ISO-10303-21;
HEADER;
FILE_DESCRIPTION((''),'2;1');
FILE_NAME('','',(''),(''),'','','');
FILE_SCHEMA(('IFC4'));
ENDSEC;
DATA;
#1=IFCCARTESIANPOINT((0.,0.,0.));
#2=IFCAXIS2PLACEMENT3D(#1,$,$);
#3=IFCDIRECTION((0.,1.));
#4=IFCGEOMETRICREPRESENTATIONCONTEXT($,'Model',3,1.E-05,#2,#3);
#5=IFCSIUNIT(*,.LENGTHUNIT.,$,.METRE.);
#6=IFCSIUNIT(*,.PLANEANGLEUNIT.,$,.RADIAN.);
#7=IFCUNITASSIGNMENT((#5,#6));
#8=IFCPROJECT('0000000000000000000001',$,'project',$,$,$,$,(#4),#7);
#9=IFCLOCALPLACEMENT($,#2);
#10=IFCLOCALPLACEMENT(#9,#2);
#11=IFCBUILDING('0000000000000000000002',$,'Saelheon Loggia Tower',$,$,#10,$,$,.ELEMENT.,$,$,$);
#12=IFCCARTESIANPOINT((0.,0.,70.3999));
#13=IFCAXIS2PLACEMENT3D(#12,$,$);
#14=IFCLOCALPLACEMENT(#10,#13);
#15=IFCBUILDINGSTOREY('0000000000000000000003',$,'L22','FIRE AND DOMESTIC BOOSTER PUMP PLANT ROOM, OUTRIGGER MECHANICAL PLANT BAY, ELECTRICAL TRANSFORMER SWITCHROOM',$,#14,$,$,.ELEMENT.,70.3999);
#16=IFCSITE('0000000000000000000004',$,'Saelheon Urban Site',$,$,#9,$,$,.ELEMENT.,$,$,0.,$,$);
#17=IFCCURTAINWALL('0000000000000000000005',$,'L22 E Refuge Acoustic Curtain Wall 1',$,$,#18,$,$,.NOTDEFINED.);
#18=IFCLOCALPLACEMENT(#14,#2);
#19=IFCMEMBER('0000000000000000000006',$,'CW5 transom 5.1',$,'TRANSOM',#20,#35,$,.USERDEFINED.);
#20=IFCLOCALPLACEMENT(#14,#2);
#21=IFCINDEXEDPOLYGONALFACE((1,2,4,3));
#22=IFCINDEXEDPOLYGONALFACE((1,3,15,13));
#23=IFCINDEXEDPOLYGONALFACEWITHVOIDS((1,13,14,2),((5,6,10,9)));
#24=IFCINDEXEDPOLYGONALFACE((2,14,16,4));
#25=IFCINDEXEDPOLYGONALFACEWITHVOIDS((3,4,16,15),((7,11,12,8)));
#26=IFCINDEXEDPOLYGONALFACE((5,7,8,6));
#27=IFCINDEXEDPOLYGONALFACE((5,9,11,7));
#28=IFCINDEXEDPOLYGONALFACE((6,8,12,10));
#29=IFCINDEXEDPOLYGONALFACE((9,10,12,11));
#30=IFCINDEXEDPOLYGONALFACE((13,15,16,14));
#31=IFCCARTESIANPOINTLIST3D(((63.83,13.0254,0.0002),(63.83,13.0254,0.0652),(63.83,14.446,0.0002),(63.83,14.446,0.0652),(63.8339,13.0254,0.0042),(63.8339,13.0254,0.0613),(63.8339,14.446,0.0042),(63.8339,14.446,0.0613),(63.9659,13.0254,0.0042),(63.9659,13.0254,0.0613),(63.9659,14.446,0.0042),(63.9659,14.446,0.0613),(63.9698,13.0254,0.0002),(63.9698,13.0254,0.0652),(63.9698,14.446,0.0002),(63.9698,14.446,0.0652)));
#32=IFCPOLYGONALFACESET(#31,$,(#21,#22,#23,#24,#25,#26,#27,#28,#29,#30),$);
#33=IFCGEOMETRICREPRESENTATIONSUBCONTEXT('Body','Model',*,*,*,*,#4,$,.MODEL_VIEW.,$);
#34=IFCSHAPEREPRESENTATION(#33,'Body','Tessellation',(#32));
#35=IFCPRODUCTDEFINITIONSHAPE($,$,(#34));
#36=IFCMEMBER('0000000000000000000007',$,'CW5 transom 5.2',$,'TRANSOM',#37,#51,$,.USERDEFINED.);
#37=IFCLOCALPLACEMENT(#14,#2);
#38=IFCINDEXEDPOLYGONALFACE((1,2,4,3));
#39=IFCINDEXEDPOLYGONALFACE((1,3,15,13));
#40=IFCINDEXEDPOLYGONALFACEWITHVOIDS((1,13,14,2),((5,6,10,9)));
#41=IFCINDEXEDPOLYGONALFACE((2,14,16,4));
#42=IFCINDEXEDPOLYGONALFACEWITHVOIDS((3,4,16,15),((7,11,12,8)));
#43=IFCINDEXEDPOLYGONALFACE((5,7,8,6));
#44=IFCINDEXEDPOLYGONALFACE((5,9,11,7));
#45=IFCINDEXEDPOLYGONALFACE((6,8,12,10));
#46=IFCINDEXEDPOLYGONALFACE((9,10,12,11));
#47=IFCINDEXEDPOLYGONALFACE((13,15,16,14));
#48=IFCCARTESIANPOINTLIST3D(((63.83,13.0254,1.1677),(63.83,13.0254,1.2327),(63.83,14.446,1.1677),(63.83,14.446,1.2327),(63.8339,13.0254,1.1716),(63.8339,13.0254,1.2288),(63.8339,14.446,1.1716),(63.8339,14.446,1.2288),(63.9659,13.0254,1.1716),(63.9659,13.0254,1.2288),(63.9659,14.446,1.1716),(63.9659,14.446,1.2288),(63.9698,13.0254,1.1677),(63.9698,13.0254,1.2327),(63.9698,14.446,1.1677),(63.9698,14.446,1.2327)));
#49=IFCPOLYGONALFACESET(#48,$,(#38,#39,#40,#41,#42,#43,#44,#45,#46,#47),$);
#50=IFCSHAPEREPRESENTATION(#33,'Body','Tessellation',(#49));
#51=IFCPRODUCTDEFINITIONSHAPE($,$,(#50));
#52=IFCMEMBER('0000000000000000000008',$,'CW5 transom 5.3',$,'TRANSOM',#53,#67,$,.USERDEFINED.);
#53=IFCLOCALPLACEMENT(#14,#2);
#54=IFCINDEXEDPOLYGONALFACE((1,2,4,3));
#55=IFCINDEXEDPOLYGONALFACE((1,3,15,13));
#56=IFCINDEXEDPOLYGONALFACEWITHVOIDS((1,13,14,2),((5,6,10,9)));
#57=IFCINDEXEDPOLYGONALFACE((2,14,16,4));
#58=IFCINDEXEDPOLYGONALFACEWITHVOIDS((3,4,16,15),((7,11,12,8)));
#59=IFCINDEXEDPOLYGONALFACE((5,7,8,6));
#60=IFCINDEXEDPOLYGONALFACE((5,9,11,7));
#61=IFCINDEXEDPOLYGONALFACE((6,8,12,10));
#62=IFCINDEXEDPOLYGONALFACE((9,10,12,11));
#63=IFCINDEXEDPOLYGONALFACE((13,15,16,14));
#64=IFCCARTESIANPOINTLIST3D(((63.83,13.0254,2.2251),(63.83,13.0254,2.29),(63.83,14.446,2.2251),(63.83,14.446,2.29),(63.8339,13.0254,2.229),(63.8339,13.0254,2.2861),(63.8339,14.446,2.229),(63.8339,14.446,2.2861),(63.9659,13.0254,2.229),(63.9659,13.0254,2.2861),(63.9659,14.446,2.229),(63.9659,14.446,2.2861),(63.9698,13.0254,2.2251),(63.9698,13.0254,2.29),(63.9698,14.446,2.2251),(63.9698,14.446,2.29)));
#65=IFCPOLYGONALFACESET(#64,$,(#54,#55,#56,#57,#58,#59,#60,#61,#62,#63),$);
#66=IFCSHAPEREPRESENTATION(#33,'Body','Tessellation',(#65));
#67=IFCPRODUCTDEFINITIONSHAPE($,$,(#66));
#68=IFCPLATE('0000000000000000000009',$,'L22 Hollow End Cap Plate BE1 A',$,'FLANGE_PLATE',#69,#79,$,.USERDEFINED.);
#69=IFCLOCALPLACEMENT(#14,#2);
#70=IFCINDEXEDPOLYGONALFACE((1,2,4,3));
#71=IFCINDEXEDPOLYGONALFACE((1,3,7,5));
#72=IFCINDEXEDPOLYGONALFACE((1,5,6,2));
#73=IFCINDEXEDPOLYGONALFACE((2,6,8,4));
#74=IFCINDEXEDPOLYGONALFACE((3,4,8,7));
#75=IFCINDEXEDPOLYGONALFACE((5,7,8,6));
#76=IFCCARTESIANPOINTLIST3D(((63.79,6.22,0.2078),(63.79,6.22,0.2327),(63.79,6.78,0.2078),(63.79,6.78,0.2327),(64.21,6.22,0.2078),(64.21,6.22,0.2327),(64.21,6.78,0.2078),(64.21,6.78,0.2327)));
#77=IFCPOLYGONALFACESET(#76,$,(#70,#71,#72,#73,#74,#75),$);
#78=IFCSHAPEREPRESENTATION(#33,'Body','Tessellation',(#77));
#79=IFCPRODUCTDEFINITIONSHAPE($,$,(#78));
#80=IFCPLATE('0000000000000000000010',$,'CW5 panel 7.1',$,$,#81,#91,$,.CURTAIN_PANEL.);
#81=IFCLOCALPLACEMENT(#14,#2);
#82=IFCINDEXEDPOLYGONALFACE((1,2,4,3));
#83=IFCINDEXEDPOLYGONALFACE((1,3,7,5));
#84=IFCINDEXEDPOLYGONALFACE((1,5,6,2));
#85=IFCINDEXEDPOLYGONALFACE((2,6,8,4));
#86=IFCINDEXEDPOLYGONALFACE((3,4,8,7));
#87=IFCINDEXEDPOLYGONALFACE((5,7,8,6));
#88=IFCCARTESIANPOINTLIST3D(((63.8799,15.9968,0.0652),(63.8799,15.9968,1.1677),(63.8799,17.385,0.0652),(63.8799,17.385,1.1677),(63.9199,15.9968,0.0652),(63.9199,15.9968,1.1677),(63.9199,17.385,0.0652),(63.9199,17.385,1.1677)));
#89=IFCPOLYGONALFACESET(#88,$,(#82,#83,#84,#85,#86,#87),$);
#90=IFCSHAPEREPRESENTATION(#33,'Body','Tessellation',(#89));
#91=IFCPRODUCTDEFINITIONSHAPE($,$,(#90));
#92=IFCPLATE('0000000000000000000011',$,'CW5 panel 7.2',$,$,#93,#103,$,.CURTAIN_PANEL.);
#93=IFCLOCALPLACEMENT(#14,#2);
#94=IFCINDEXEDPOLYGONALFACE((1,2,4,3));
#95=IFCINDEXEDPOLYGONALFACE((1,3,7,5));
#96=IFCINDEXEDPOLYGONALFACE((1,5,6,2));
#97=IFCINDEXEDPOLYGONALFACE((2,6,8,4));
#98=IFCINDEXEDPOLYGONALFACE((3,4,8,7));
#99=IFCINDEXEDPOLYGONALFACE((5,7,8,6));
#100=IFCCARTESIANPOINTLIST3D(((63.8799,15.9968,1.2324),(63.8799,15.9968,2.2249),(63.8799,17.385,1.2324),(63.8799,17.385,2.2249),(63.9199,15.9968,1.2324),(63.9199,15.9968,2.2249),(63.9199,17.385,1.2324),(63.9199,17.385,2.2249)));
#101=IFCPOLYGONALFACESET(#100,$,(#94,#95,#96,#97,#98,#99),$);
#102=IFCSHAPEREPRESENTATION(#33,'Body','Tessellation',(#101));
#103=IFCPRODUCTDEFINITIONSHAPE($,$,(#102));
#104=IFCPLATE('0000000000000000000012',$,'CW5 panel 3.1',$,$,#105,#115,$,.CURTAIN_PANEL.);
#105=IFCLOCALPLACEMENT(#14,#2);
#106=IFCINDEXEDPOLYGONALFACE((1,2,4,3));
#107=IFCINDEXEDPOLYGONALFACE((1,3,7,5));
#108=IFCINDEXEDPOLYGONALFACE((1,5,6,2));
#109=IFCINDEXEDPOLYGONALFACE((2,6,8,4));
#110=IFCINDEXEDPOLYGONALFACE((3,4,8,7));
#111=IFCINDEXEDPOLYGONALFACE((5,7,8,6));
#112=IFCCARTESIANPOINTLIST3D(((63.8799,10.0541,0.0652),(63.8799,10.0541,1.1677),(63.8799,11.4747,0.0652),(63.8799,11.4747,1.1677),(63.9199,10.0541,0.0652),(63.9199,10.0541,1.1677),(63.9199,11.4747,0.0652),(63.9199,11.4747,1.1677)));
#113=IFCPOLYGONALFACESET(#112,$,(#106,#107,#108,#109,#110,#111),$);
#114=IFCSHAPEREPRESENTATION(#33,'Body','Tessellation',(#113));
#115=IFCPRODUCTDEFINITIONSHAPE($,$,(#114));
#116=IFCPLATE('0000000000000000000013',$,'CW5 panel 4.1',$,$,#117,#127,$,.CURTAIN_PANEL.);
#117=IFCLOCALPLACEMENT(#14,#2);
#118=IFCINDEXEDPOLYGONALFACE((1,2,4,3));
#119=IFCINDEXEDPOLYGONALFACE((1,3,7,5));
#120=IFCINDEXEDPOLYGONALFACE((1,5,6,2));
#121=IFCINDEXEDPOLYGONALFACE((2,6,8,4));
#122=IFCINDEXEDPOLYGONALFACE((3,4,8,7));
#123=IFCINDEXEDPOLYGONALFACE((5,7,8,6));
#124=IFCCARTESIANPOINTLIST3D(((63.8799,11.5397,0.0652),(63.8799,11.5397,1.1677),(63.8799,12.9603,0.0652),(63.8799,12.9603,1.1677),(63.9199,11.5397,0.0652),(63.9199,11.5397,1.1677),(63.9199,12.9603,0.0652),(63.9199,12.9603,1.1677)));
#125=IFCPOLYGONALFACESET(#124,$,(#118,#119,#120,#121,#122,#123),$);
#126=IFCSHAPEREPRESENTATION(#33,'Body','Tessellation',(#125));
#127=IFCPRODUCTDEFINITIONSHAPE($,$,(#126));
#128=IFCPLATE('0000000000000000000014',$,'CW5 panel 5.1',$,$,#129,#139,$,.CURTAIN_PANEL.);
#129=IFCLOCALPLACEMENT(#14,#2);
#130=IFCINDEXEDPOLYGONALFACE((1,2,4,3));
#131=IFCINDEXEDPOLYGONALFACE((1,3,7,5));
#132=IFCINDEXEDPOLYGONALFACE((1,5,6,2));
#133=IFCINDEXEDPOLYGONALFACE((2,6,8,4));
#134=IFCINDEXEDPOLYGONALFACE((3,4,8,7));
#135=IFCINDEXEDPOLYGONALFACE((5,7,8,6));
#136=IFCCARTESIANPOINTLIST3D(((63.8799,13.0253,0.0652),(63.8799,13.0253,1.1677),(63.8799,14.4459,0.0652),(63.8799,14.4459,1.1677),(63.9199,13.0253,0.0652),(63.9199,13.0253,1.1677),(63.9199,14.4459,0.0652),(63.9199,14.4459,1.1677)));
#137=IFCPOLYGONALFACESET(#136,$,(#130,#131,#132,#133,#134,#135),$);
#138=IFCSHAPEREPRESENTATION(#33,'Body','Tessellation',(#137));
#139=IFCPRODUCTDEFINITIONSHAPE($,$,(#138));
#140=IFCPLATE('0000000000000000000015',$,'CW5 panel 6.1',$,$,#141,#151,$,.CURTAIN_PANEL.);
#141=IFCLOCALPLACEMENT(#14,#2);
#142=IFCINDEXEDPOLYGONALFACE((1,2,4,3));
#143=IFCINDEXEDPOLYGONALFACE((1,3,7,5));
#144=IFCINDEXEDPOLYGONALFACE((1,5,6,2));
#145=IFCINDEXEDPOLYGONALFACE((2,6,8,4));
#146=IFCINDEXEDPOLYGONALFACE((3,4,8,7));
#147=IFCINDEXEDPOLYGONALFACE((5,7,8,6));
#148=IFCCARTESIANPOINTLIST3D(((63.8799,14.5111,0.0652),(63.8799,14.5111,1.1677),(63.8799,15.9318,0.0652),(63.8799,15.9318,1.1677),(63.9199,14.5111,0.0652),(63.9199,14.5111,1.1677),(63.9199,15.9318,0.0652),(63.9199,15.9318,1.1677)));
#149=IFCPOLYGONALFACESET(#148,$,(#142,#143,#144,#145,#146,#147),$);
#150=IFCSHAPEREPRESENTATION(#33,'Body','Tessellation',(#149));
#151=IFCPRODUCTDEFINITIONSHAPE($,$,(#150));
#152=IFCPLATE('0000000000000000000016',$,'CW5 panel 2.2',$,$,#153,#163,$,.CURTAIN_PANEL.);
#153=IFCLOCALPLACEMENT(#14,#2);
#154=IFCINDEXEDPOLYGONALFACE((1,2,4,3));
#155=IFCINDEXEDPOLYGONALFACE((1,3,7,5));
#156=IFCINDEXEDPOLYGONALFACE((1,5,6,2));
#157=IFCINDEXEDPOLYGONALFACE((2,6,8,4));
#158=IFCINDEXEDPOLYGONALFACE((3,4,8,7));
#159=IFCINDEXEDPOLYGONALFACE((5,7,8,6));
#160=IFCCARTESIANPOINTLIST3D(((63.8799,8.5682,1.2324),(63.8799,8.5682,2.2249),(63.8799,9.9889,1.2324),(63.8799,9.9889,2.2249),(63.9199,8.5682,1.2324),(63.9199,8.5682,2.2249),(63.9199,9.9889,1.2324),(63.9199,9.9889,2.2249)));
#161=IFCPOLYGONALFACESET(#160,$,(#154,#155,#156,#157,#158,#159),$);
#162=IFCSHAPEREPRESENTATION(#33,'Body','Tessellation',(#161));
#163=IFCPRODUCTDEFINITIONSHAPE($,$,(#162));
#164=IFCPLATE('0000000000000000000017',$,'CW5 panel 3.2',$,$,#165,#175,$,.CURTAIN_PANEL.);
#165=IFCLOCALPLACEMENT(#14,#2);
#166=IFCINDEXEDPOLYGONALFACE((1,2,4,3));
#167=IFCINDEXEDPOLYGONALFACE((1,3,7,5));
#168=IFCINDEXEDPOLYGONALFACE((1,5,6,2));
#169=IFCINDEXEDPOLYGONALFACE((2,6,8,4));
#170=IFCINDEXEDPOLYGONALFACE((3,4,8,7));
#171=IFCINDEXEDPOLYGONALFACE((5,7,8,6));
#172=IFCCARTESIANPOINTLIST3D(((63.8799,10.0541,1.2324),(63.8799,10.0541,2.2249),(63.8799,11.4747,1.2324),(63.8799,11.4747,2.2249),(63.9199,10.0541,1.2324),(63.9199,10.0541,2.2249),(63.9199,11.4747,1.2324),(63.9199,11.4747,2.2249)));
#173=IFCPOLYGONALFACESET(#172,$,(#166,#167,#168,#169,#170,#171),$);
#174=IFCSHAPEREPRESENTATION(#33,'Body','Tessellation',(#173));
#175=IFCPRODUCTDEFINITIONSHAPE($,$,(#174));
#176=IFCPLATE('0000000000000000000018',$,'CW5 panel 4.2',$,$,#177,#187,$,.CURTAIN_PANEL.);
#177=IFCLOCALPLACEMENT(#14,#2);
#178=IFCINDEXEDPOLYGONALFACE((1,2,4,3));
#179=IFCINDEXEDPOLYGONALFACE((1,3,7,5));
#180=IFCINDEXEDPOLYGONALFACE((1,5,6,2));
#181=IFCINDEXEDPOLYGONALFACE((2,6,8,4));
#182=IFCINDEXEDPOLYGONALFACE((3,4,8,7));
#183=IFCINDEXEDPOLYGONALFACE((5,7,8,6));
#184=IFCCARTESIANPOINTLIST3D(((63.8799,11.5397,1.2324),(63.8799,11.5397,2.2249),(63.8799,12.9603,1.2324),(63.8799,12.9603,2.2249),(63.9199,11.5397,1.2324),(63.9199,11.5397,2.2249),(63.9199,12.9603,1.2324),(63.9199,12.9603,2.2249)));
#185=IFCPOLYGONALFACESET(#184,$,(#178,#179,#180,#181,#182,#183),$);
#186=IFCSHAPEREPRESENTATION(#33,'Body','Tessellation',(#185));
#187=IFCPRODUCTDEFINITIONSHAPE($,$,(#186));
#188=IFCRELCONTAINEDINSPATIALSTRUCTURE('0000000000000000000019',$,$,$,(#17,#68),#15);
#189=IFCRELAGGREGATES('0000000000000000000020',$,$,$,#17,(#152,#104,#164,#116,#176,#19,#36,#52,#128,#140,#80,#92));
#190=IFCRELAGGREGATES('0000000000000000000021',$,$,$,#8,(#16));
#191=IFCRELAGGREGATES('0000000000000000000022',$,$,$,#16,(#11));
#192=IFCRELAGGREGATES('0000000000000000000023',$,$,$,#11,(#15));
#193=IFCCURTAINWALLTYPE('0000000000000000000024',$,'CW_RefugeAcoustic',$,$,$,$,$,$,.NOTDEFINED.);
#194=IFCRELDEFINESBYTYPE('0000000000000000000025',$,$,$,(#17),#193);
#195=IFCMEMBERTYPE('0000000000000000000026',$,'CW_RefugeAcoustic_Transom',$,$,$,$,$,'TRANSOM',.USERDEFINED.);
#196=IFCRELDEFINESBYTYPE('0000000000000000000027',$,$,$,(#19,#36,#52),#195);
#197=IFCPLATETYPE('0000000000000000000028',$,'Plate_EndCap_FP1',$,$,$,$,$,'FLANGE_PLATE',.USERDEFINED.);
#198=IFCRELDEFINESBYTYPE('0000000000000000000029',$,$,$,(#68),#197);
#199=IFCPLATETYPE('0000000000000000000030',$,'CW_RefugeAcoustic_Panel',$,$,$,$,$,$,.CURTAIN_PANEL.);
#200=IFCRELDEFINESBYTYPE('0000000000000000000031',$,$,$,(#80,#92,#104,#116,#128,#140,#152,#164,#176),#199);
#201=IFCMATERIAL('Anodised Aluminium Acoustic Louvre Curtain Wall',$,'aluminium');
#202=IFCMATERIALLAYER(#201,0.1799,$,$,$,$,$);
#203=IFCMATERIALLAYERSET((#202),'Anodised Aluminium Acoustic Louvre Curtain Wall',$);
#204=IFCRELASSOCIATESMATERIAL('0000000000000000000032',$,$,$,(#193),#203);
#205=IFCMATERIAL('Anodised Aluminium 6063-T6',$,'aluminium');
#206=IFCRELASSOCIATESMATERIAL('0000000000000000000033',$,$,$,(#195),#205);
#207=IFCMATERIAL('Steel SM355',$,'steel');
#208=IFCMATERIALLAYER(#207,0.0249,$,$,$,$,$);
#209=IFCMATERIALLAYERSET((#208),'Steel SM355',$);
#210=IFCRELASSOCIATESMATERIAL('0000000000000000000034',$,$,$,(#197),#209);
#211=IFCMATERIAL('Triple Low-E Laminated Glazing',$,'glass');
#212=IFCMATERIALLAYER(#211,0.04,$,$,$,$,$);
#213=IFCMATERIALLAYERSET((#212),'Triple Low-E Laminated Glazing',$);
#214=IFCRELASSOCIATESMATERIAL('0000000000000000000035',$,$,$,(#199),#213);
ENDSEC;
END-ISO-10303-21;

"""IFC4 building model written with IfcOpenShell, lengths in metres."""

from ifc_helpers import new_model, si_unit, direction, frame, origin, origin_2d, place, context, subcontext, project, spatial, rectangle, hollow_rectangle, extrude, source, transform, mapped, material, layer, layer_set, material_profile, profile_set, type_object, element, aggregate, save


model = new_model("IFC4")

# Units and contexts
model_context = context("Model", 3, precision=1e-05, world=origin(), true_north=direction((0.0, 1.0)))
body_context = subcontext(model_context, "Body", "Model", "MODEL_VIEW")
ifc_project = project(units=[si_unit("LENGTHUNIT", "METRE"), si_unit("PLANEANGLEUNIT", "RADIAN")], contexts=[model_context])

# Site, building, storey
site_placement = place(None, origin())
site = spatial("IfcSite", under=ifc_project, at=site_placement, Name="Saelheon Urban Site", CompositionType="ELEMENT", RefElevation=0.0)
building_placement = place(site_placement, origin())
building = spatial("IfcBuilding", under=site, at=building_placement, Name="Saelheon Loggia Tower", CompositionType="ELEMENT")
storey_placement = place(building_placement, frame((0.0, 0.0, 70.3999)))
storey = spatial("IfcBuildingStorey", under=building, at=storey_placement, Name="L22", Description="FIRE AND DOMESTIC BOOSTER PUMP PLANT ROOM, OUTRIGGER MECHANICAL PLANT BAY, ELECTRICAL TRANSFORMER SWITCHROOM", CompositionType="ELEMENT", Elevation=70.3999)

# Shared definitions
ifc_material_1 = material(Name="Steel SM355", Category="steel")

# Curtain wall, members
ifc_material_2 = material(Name="Anodised Aluminium Acoustic Louvre Curtain Wall", Category="aluminium")
ifc_layer_1 = layer(ifc_material_2, 0.1799)
ifc_layer_set_1 = layer_set([ifc_layer_1], Name="Anodised Aluminium Acoustic Louvre Curtain Wall")
curtain_wall_type = type_object("IfcCurtainWallType", Name="CW_RefugeAcoustic", PredefinedType="NOTDEFINED", material=ifc_layer_set_1)
curtain_wall_placement = place(storey_placement, origin())
curtain_wall = element("IfcCurtainWall", 1, at=curtain_wall_placement, inside=storey, type_object=curtain_wall_type, Name="L22 E Refuge Acoustic Curtain Wall 1", PredefinedType="NOTDEFINED")
ifc_material_3 = material(Name="Anodised Aluminium 6063-T6", Category="aluminium")
ifc_material_profile_1 = material_profile(ifc_material_3, hollow_rectangle(XDim=0.0649, YDim=0.1399, WallThickness=0.0039, at=origin_2d()), Name="RHS-140x65x4")
ifc_profile_set_1 = profile_set([ifc_material_profile_1], Name="Anodised Aluminium 6063-T6")
member_type_1 = type_object("IfcMemberType", Name="CW_RefugeAcoustic_Transom", ElementType="TRANSOM", PredefinedType="USERDEFINED", material=ifc_profile_set_1)
shared_shape_1 = source(origin(), body_context, "Body", "SweptSolid", [
    extrude(hollow_rectangle(XDim=0.0649, YDim=0.1399, WallThickness=0.0039, at=origin_2d()), origin(), (0.0, 0.0, 1.0), 1.4207),
])
member_1_placement = place(storey_placement, frame((63.8999, 13.0254, 0.0327), z_axis=(0.0, 1.0, 0.0), x_axis=(0.0, 0.0, 1.0)))
member_1 = element("IfcMember", 2, at=member_1_placement, type_object=member_type_1, Name="CW5 transom 5.1", ObjectType="TRANSOM", PredefinedType="USERDEFINED", context=body_context, shape_type="MappedRepresentation", body=[
    mapped(shared_shape_1, transform((0.0, 0.0, 0.0), scale=1.0)),
])
member_2_placement = place(storey_placement, frame((63.8999, 13.0254, 1.2002), z_axis=(0.0, 1.0, 0.0), x_axis=(0.0, 0.0, 1.0)))
member_2 = element("IfcMember", 3, at=member_2_placement, type_object=member_type_1, Name="CW5 transom 5.2", ObjectType="TRANSOM", PredefinedType="USERDEFINED", context=body_context, shape_type="MappedRepresentation", body=[
    mapped(shared_shape_1, transform((0.0, 0.0, 0.0), scale=1.0)),
])
member_3_placement = place(storey_placement, frame((63.8999, 13.0254, 2.2576), z_axis=(0.0, 1.0, 0.0), x_axis=(0.0, 0.0, 1.0)))
member_3 = element("IfcMember", 4, at=member_3_placement, type_object=member_type_1, Name="CW5 transom 5.3", ObjectType="TRANSOM", PredefinedType="USERDEFINED", context=body_context, shape_type="MappedRepresentation", body=[
    mapped(shared_shape_1, transform((0.0, 0.0, 0.0), scale=1.0)),
])

# Plates
ifc_layer_2 = layer(ifc_material_1, 0.0249)
ifc_layer_set_2 = layer_set([ifc_layer_2], Name="Steel SM355")
plate_type_1 = type_object("IfcPlateType", Name="Plate_EndCap_FP1", ElementType="FLANGE_PLATE", PredefinedType="USERDEFINED", material=ifc_layer_set_2)
shared_shape_2 = source(origin(), body_context, "Body", "SweptSolid", [
    extrude(rectangle(XDim=0.5601, YDim=0.4199, at=origin_2d()), origin(), (0.0, 0.0, 1.0), 0.0249),
])
plate_1_placement = place(storey_placement, frame((64.0, 6.5, 0.2078), z_axis=(0.0, 0.0, 1.0), x_axis=(0.0, 1.0, 0.0)))
element("IfcPlate", 5, at=plate_1_placement, inside=storey, type_object=plate_type_1, Name="L22 Hollow End Cap Plate BE1 A", ObjectType="FLANGE_PLATE", PredefinedType="USERDEFINED", context=body_context, shape_type="MappedRepresentation", body=[
    mapped(shared_shape_2, transform((0.0, 0.0, 0.0), scale=1.0)),
])
ifc_material_4 = material(Name="Triple Low-E Laminated Glazing", Category="glass")
ifc_layer_3 = layer(ifc_material_4, 0.04)
ifc_layer_set_3 = layer_set([ifc_layer_3], Name="Triple Low-E Laminated Glazing")
plate_type_2 = type_object("IfcPlateType", Name="CW_RefugeAcoustic_Panel", PredefinedType="CURTAIN_PANEL", material=ifc_layer_set_3)
shared_shape_3 = source(origin(), body_context, "Body", "SweptSolid", [
    extrude(rectangle(XDim=1.3882, YDim=0.04, at=origin_2d()), origin(), (0.0, 0.0, 1.0), 1.1025),
])
plate_2_placement = place(storey_placement, frame((63.8999, 16.6909, 0.0652), z_axis=(0.0, 0.0, 1.0), x_axis=(0.0, 1.0, 0.0)))
plate_2 = element("IfcPlate", 6, at=plate_2_placement, type_object=plate_type_2, Name="CW5 panel 7.1", PredefinedType="CURTAIN_PANEL", context=body_context, shape_type="MappedRepresentation", body=[
    mapped(shared_shape_3, transform((0.0, 0.0, 0.0), scale=1.0)),
])
shared_shape_4 = source(origin(), body_context, "Body", "SweptSolid", [
    extrude(rectangle(XDim=1.3882, YDim=0.04, at=origin_2d()), origin(), (0.0, 0.0, 1.0), 0.9924),
])
plate_3_placement = place(storey_placement, frame((63.8999, 16.6909, 1.2324), z_axis=(0.0, 0.0, 1.0), x_axis=(0.0, 1.0, 0.0)))
plate_3 = element("IfcPlate", 7, at=plate_3_placement, type_object=plate_type_2, Name="CW5 panel 7.2", PredefinedType="CURTAIN_PANEL", context=body_context, shape_type="MappedRepresentation", body=[
    mapped(shared_shape_4, transform((0.0, 0.0, 0.0), scale=1.0)),
])
shared_shape_5 = source(origin(), body_context, "Body", "SweptSolid", [
    extrude(rectangle(XDim=1.4207, YDim=0.04, at=origin_2d()), origin(), (0.0, 0.0, 1.0), 1.1025),
])
plate_4_placement = place(storey_placement, frame((63.8999, 10.7644, 0.0652), z_axis=(0.0, 0.0, 1.0), x_axis=(0.0, 1.0, 0.0)))
plate_4 = element("IfcPlate", 8, at=plate_4_placement, type_object=plate_type_2, Name="CW5 panel 3.1", PredefinedType="CURTAIN_PANEL", context=body_context, shape_type="MappedRepresentation", body=[
    mapped(shared_shape_5, transform((0.0, 0.0, 0.0), scale=1.0)),
])
plate_5_placement = place(storey_placement, frame((63.8999, 12.25, 0.0652), z_axis=(0.0, 0.0, 1.0), x_axis=(0.0, 1.0, 0.0)))
plate_5 = element("IfcPlate", 9, at=plate_5_placement, type_object=plate_type_2, Name="CW5 panel 4.1", PredefinedType="CURTAIN_PANEL", context=body_context, shape_type="MappedRepresentation", body=[
    mapped(shared_shape_5, transform((0.0, 0.0, 0.0), scale=1.0)),
])
plate_6_placement = place(storey_placement, frame((63.8999, 13.7356, 0.0652), z_axis=(0.0, 0.0, 1.0), x_axis=(0.0, 1.0, 0.0)))
plate_6 = element("IfcPlate", 10, at=plate_6_placement, type_object=plate_type_2, Name="CW5 panel 5.1", PredefinedType="CURTAIN_PANEL", context=body_context, shape_type="MappedRepresentation", body=[
    mapped(shared_shape_5, transform((0.0, 0.0, 0.0), scale=1.0)),
])
plate_7_placement = place(storey_placement, frame((63.8999, 15.2214, 0.0652), z_axis=(0.0, 0.0, 1.0), x_axis=(0.0, 1.0, 0.0)))
plate_7 = element("IfcPlate", 11, at=plate_7_placement, type_object=plate_type_2, Name="CW5 panel 6.1", PredefinedType="CURTAIN_PANEL", context=body_context, shape_type="MappedRepresentation", body=[
    mapped(shared_shape_5, transform((0.0, 0.0, 0.0), scale=1.0)),
])
shared_shape_6 = source(origin(), body_context, "Body", "SweptSolid", [
    extrude(rectangle(XDim=1.4207, YDim=0.04, at=origin_2d()), origin(), (0.0, 0.0, 1.0), 0.9924),
])
plate_8_placement = place(storey_placement, frame((63.8999, 9.2786, 1.2324), z_axis=(0.0, 0.0, 1.0), x_axis=(0.0, 1.0, 0.0)))
plate_8 = element("IfcPlate", 12, at=plate_8_placement, type_object=plate_type_2, Name="CW5 panel 2.2", PredefinedType="CURTAIN_PANEL", context=body_context, shape_type="MappedRepresentation", body=[
    mapped(shared_shape_6, transform((0.0, 0.0, 0.0), scale=1.0)),
])
plate_9_placement = place(storey_placement, frame((63.8999, 10.7644, 1.2324), z_axis=(0.0, 0.0, 1.0), x_axis=(0.0, 1.0, 0.0)))
plate_9 = element("IfcPlate", 13, at=plate_9_placement, type_object=plate_type_2, Name="CW5 panel 3.2", PredefinedType="CURTAIN_PANEL", context=body_context, shape_type="MappedRepresentation", body=[
    mapped(shared_shape_6, transform((0.0, 0.0, 0.0), scale=1.0)),
])
plate_10_placement = place(storey_placement, frame((63.8999, 12.25, 1.2324), z_axis=(0.0, 0.0, 1.0), x_axis=(0.0, 1.0, 0.0)))
plate_10 = element("IfcPlate", 14, at=plate_10_placement, type_object=plate_type_2, Name="CW5 panel 4.2", PredefinedType="CURTAIN_PANEL", context=body_context, shape_type="MappedRepresentation", body=[
    mapped(shared_shape_6, transform((0.0, 0.0, 0.0), scale=1.0)),
])
aggregate(curtain_wall, [plate_8, plate_4, plate_9, plate_5, plate_10, member_1, member_2, member_3, plate_6, plate_7, plate_2, plate_3])

save(model, "model.ifc")
